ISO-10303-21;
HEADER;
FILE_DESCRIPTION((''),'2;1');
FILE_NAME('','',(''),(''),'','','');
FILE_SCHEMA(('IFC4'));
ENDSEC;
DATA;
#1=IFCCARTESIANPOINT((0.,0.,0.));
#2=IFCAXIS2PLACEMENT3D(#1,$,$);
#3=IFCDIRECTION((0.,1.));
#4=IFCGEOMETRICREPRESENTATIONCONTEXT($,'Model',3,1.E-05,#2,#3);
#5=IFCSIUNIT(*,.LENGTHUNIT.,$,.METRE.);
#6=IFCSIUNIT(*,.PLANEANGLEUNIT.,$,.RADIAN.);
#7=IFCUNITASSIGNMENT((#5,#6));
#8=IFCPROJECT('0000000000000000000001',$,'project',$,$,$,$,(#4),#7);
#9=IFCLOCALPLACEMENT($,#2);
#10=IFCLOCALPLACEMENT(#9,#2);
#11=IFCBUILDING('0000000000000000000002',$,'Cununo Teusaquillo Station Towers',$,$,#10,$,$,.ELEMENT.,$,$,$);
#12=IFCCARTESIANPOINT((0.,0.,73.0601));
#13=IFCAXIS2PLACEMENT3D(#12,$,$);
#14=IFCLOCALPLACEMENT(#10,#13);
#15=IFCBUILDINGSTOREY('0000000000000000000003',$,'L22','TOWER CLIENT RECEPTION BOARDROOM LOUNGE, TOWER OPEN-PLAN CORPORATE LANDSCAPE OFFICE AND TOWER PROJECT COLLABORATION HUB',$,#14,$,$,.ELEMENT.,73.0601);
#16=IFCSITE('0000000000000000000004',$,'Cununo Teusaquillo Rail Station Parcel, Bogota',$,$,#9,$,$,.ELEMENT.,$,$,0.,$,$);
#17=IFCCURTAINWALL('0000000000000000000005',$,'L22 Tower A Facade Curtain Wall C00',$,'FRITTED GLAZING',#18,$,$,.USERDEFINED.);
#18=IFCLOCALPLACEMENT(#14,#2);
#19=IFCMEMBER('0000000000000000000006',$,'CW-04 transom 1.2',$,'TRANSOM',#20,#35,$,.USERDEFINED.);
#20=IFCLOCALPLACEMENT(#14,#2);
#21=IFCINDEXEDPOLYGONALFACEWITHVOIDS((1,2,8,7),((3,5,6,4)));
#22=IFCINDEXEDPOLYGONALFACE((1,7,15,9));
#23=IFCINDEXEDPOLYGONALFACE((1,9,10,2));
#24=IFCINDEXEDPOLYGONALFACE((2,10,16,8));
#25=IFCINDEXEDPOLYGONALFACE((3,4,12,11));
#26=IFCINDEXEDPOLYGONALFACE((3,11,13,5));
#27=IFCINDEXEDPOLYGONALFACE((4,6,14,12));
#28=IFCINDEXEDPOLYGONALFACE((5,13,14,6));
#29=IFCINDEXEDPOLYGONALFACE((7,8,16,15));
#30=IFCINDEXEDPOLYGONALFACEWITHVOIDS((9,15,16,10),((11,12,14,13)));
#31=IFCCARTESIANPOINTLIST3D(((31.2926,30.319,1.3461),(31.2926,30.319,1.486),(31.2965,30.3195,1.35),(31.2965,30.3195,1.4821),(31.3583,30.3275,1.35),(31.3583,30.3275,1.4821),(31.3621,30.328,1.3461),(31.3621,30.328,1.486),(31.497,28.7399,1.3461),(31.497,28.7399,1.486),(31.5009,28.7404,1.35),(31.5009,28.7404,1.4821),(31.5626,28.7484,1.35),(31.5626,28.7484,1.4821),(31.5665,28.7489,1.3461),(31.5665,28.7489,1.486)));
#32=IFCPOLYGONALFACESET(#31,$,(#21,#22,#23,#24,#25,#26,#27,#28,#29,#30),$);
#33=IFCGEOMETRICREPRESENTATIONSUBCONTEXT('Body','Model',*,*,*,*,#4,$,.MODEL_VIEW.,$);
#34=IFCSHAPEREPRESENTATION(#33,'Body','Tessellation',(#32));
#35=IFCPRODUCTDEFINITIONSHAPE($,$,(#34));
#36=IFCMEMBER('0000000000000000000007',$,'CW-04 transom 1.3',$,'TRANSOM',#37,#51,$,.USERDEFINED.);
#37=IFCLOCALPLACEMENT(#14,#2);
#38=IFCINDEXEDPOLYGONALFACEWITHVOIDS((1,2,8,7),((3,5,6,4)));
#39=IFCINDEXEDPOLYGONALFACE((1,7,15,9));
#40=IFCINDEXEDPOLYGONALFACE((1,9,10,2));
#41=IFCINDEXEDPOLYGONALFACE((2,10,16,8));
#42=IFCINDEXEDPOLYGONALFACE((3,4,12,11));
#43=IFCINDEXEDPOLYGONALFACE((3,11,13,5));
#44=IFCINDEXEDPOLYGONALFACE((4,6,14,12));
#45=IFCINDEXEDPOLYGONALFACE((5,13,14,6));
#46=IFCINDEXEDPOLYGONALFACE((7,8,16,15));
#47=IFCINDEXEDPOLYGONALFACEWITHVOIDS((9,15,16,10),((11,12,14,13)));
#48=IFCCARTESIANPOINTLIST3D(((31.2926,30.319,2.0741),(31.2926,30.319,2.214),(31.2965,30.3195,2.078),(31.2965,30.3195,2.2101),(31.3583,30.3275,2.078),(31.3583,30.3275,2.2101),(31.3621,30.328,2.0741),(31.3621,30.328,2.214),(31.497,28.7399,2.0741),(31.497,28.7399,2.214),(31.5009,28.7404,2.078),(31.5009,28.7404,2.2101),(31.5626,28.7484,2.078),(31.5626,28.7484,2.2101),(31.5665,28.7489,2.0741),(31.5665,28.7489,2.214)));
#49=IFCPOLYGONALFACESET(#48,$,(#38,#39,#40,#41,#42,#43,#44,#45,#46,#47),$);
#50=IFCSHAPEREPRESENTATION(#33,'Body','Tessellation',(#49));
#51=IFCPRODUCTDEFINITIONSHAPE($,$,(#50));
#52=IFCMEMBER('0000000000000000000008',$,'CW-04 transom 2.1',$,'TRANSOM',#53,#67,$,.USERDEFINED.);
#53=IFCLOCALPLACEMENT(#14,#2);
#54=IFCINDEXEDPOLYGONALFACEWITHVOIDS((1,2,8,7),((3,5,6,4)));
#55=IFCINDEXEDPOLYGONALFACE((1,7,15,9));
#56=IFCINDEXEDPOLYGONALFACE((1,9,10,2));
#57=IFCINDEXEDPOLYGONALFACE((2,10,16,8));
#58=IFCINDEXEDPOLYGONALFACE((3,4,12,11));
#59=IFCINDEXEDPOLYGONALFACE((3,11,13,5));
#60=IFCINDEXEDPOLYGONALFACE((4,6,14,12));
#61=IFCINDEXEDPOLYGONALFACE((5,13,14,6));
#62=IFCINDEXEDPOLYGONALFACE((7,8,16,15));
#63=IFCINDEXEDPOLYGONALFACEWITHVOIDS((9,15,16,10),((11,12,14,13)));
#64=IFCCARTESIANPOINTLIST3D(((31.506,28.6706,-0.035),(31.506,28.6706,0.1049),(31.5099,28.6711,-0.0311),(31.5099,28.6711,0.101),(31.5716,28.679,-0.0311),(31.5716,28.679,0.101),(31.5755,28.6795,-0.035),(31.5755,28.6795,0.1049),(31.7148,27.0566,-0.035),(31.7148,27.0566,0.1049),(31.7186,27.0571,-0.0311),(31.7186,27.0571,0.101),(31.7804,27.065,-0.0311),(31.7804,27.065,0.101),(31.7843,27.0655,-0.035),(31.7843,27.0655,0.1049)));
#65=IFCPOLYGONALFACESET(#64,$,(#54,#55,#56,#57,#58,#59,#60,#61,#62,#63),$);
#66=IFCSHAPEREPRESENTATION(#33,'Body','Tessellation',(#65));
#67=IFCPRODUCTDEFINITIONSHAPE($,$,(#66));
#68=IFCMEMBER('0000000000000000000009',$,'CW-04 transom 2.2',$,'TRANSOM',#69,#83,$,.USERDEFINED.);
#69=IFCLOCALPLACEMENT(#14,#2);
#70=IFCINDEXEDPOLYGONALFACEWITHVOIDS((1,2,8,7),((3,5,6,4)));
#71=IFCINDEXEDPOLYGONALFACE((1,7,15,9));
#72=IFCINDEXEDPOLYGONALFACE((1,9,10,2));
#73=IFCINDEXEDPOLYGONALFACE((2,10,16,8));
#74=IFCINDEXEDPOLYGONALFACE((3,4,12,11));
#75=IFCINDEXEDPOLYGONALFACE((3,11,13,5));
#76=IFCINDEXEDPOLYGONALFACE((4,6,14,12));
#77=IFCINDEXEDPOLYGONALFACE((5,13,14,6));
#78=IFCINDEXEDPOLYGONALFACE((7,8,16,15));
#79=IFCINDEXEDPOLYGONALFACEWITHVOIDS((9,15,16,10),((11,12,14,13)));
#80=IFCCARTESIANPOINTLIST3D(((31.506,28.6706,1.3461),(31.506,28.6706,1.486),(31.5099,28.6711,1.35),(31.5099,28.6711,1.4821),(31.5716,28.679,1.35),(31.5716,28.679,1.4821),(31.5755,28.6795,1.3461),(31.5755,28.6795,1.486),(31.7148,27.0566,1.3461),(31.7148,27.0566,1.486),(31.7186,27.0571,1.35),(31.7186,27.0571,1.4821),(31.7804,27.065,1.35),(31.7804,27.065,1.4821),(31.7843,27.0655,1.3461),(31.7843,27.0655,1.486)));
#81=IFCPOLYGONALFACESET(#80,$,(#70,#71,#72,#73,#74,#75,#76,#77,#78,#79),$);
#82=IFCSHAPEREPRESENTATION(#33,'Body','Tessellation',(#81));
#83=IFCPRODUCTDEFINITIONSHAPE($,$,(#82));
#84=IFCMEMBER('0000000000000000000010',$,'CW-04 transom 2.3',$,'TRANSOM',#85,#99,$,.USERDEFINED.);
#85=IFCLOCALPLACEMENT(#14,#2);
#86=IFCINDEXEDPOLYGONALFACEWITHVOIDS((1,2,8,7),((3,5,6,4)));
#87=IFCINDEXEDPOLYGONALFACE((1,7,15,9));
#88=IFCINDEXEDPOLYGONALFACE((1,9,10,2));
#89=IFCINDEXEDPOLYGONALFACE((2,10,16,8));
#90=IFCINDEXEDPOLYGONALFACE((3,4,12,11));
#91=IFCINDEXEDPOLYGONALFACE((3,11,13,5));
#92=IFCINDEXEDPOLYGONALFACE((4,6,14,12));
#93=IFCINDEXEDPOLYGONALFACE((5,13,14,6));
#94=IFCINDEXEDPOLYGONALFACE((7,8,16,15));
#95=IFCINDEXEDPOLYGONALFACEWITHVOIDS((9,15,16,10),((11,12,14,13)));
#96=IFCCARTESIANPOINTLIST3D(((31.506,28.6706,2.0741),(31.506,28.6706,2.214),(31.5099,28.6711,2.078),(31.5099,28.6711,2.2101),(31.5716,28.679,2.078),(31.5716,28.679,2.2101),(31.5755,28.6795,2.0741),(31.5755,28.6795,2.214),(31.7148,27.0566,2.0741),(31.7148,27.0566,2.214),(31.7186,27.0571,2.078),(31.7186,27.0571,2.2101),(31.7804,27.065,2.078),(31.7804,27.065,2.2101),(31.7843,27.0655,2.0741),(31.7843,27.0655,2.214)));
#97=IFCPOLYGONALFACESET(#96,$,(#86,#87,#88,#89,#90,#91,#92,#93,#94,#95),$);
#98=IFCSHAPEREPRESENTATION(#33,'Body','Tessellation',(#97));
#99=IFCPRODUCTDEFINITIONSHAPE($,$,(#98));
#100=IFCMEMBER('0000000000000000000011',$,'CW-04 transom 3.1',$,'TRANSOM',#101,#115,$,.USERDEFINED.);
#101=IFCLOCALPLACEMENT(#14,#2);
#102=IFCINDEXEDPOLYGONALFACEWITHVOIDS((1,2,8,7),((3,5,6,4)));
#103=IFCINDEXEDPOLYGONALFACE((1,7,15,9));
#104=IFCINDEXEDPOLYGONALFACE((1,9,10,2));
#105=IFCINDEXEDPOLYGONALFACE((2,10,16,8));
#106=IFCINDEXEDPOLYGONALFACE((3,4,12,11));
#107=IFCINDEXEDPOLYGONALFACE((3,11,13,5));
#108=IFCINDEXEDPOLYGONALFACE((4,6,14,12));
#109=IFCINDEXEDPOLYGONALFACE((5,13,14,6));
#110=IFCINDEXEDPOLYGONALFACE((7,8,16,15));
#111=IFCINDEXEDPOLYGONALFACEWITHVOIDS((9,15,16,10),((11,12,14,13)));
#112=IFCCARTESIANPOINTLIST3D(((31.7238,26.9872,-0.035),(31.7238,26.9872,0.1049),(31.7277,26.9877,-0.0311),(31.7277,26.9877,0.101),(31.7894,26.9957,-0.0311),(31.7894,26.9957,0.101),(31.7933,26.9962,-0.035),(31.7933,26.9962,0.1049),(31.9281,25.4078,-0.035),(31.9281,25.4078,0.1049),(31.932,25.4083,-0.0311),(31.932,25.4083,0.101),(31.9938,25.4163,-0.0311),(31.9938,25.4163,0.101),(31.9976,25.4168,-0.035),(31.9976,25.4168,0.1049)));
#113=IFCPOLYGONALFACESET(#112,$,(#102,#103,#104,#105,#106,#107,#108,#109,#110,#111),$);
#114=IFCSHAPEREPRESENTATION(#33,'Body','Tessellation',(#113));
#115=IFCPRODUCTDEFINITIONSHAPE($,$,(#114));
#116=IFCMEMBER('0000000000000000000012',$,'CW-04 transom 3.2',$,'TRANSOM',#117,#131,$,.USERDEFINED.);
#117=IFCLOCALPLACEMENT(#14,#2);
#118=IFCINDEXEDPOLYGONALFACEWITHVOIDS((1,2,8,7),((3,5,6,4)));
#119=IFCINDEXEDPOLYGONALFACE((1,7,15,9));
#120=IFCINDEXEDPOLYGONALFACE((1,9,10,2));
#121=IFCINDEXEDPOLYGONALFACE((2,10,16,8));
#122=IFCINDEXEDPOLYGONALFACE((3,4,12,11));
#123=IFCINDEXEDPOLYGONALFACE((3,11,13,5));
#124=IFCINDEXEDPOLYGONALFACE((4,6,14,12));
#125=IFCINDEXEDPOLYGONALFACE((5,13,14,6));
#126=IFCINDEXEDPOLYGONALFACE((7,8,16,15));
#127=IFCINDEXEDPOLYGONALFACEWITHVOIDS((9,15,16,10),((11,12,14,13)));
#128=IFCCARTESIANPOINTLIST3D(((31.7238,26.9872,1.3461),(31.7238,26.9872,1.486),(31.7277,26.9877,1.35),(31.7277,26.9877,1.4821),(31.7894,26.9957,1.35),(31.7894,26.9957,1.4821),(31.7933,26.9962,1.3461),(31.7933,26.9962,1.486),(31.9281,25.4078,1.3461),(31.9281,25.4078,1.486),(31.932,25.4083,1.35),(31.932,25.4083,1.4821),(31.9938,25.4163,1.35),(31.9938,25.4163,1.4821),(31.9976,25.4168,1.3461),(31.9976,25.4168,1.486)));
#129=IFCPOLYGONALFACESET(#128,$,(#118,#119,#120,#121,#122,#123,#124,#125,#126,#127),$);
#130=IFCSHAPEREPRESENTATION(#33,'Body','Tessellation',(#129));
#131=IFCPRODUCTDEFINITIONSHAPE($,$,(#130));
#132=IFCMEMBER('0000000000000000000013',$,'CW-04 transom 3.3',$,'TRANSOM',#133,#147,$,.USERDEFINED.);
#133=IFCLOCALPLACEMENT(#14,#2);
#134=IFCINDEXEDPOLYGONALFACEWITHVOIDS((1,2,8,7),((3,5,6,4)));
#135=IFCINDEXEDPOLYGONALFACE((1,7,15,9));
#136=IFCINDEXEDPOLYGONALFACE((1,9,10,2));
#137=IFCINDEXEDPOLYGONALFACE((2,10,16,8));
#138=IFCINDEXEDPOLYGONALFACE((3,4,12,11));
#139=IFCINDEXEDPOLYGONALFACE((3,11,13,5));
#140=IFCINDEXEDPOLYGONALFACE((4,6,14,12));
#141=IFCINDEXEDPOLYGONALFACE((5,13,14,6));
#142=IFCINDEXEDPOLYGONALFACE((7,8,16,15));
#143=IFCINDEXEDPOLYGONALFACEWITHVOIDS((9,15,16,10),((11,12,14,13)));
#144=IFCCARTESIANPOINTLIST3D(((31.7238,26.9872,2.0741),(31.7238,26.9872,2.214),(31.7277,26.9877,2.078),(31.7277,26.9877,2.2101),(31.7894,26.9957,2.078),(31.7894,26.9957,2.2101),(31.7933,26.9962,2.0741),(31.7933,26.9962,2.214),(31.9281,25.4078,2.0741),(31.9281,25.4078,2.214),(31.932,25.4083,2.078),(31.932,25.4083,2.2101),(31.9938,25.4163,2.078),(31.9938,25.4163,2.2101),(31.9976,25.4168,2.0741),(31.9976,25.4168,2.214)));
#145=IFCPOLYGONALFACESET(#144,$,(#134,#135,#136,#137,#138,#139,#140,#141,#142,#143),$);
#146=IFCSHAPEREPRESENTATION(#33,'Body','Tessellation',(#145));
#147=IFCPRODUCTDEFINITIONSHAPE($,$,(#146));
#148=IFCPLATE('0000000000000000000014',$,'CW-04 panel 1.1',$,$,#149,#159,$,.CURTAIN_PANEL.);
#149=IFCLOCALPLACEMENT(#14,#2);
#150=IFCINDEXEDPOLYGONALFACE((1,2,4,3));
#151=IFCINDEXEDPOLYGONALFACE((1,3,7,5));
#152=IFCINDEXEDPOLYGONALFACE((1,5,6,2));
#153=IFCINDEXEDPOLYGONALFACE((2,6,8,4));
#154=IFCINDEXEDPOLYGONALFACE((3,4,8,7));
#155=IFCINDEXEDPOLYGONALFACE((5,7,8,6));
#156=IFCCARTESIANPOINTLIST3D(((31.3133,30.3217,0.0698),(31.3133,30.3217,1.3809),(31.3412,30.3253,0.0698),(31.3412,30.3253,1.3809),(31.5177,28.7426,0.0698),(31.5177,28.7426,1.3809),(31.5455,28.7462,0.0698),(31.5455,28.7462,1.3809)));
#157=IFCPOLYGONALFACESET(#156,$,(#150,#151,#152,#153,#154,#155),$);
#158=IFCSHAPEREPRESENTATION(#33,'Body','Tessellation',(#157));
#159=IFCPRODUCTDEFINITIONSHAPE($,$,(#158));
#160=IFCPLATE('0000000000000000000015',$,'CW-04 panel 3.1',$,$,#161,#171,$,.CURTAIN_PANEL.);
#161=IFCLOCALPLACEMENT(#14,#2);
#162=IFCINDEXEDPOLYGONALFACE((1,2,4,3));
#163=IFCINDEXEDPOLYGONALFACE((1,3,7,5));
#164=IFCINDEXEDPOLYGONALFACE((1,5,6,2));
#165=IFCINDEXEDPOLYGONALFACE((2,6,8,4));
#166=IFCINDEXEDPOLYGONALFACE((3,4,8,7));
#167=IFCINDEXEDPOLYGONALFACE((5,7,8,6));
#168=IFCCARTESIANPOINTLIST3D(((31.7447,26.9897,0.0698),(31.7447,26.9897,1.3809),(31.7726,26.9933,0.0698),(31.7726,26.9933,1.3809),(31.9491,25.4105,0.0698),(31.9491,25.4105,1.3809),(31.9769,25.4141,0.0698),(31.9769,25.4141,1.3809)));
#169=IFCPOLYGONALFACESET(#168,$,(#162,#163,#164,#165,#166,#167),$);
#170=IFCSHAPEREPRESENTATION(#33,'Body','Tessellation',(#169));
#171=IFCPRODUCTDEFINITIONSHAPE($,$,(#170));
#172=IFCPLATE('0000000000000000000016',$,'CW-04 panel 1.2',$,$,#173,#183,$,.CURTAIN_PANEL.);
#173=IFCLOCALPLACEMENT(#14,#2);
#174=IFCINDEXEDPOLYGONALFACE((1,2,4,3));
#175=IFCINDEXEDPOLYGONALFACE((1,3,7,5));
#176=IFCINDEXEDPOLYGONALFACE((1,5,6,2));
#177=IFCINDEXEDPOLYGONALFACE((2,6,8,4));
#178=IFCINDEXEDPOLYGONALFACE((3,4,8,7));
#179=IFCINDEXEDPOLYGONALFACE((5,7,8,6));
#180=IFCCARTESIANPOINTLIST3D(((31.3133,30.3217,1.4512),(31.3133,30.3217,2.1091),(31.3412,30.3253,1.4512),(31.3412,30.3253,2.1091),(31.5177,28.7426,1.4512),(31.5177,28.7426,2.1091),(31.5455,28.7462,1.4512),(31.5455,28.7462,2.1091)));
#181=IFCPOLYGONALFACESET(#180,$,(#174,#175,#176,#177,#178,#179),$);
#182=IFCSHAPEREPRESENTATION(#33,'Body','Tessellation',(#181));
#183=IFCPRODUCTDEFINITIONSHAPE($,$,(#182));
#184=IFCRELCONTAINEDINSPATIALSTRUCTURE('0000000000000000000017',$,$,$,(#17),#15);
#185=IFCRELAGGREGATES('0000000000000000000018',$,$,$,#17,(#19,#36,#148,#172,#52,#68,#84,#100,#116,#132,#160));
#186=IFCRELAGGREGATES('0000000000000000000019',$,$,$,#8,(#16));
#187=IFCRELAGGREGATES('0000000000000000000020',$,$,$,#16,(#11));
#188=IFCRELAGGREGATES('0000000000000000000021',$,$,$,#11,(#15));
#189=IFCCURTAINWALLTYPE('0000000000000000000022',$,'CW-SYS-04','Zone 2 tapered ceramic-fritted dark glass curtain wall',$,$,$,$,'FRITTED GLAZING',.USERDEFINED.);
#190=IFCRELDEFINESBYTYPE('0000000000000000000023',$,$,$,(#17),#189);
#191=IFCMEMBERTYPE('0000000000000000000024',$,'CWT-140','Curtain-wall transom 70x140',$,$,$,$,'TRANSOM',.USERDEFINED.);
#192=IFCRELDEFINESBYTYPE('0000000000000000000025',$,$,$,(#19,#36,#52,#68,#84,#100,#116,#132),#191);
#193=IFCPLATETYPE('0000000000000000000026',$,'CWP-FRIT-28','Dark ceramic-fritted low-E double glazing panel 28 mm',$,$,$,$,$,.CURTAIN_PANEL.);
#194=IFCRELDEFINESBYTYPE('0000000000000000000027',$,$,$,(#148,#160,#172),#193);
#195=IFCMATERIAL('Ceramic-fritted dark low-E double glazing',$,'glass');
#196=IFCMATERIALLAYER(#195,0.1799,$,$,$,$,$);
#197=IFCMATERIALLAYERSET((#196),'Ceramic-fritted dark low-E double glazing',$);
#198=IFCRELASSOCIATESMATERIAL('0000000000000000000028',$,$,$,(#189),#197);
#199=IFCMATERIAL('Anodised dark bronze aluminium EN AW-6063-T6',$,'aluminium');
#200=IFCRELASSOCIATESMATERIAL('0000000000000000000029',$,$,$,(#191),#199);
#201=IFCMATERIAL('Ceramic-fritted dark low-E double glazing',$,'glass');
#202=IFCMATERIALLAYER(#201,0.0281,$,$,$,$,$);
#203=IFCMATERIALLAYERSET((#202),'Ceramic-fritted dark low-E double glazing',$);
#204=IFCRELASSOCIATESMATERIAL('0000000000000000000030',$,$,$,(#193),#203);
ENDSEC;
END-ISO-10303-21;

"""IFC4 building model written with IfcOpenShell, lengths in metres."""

from ifc_helpers import new_model, si_unit, direction, frame, origin, origin_2d, place, context, subcontext, project, spatial, rectangle, hollow_rectangle, extrude, source, transform, mapped, material, layer, layer_set, material_profile, profile_set, type_object, element, aggregate, save


model = new_model("IFC4")

# Units and contexts
model_context = context("Model", 3, precision=1e-05, world=origin(), true_north=direction((0.0, 1.0)))
body_context = subcontext(model_context, "Body", "Model", "MODEL_VIEW")
ifc_project = project(units=[si_unit("LENGTHUNIT", "METRE"), si_unit("PLANEANGLEUNIT", "RADIAN")], contexts=[model_context])

# Site, building, storey
site_placement = place(None, origin())
site = spatial("IfcSite", under=ifc_project, at=site_placement, Name="Cununo Teusaquillo Rail Station Parcel, Bogota", CompositionType="ELEMENT", RefElevation=0.0)
building_placement = place(site_placement, origin())
building = spatial("IfcBuilding", under=site, at=building_placement, Name="Cununo Teusaquillo Station Towers", CompositionType="ELEMENT")
storey_placement = place(building_placement, frame((0.0, 0.0, 73.0601)))
storey = spatial("IfcBuildingStorey", under=building, at=storey_placement, Name="L22", Description="TOWER CLIENT RECEPTION BOARDROOM LOUNGE, TOWER OPEN-PLAN CORPORATE LANDSCAPE OFFICE AND TOWER PROJECT COLLABORATION HUB", CompositionType="ELEMENT", Elevation=73.0601)

# Curtain wall, members, plates
ifc_material_1 = material(Name="Ceramic-fritted dark low-E double glazing", Category="glass")
ifc_layer_1 = layer(ifc_material_1, 0.1799)
ifc_layer_set_1 = layer_set([ifc_layer_1], Name="Ceramic-fritted dark low-E double glazing")
curtain_wall_type = type_object("IfcCurtainWallType", Name="CW-SYS-04", Description="Zone 2 tapered ceramic-fritted dark glass curtain wall", ElementType="FRITTED GLAZING", PredefinedType="USERDEFINED", material=ifc_layer_set_1)
curtain_wall_placement = place(storey_placement, origin())
curtain_wall = element("IfcCurtainWall", 1, at=curtain_wall_placement, inside=storey, type_object=curtain_wall_type, Name="L22 Tower A Facade Curtain Wall C00", ObjectType="FRITTED GLAZING", PredefinedType="USERDEFINED")
ifc_material_2 = material(Name="Anodised dark bronze aluminium EN AW-6063-T6", Category="aluminium")
ifc_material_profile_1 = material_profile(ifc_material_2, hollow_rectangle(XDim=0.0701, YDim=0.1399, WallThickness=0.0039, at=origin_2d()), Name="CW-TRAN-70x140")
ifc_profile_set_1 = profile_set([ifc_material_profile_1], Name="Anodised dark bronze aluminium EN AW-6063-T6")
member_type_1 = type_object("IfcMemberType", Name="CWT-140", Description="Curtain-wall transom 70x140", ElementType="TRANSOM", PredefinedType="USERDEFINED", material=ifc_profile_set_1)
member_1_placement = place(storey_placement, frame((31.3274, 30.3235, 1.416), z_axis=(0.128336, -0.991731, 0.0), x_axis=(0.991731, 0.128336, 0.0)))
member_1 = element("IfcMember", 2, at=member_1_placement, type_object=member_type_1, Name="CW-04 transom 1.2", ObjectType="TRANSOM", PredefinedType="USERDEFINED", context=body_context, shape_type="SweptSolid", body=[
    extrude(hollow_rectangle(XDim=0.0701, YDim=0.1399, WallThickness=0.0039, at=origin_2d()), origin(), (0.0, 0.0, 1.0), 1.5923),
])
member_2_placement = place(storey_placement, frame((31.3274, 30.3235, 2.144), z_axis=(0.128336, -0.991731, 0.0), x_axis=(0.991731, 0.128336, 0.0)))
member_2 = element("IfcMember", 3, at=member_2_placement, type_object=member_type_1, Name="CW-04 transom 1.3", ObjectType="TRANSOM", PredefinedType="USERDEFINED", context=body_context, shape_type="SweptSolid", body=[
    extrude(hollow_rectangle(XDim=0.0701, YDim=0.1399, WallThickness=0.0039, at=origin_2d()), origin(), (0.0, 0.0, 1.0), 1.5923),
])
member_3_placement = place(storey_placement, frame((31.5408, 28.675, 0.0349), z_axis=(0.128262, -0.99174, 0.0), x_axis=(0.99174, 0.128262, 0.0)))
member_3 = element("IfcMember", 4, at=member_3_placement, type_object=member_type_1, Name="CW-04 transom 2.1", ObjectType="TRANSOM", PredefinedType="USERDEFINED", context=body_context, shape_type="SweptSolid", body=[
    extrude(hollow_rectangle(XDim=0.0701, YDim=0.1399, WallThickness=0.0039, at=origin_2d()), origin(), (0.0, 0.0, 1.0), 1.6274),
])
member_4_placement = place(storey_placement, frame((31.5408, 28.675, 1.416), z_axis=(0.128262, -0.99174, 0.0), x_axis=(0.99174, 0.128262, 0.0)))
member_4 = element("IfcMember", 5, at=member_4_placement, type_object=member_type_1, Name="CW-04 transom 2.2", ObjectType="TRANSOM", PredefinedType="USERDEFINED", context=body_context, shape_type="SweptSolid", body=[
    extrude(hollow_rectangle(XDim=0.0701, YDim=0.1399, WallThickness=0.0039, at=origin_2d()), origin(), (0.0, 0.0, 1.0), 1.6274),
])
member_5_placement = place(storey_placement, frame((31.5408, 28.675, 2.144), z_axis=(0.128262, -0.99174, 0.0), x_axis=(0.99174, 0.128262, 0.0)))
member_5 = element("IfcMember", 6, at=member_5_placement, type_object=member_type_1, Name="CW-04 transom 2.3", ObjectType="TRANSOM", PredefinedType="USERDEFINED", context=body_context, shape_type="SweptSolid", body=[
    extrude(hollow_rectangle(XDim=0.0701, YDim=0.1399, WallThickness=0.0039, at=origin_2d()), origin(), (0.0, 0.0, 1.0), 1.6274),
])
member_6_placement = place(storey_placement, frame((31.7585, 26.9917, 0.0349), z_axis=(0.128317, -0.991733, 0.0), x_axis=(0.991733, 0.128317, 0.0)))
member_6 = element("IfcMember", 7, at=member_6_placement, type_object=member_type_1, Name="CW-04 transom 3.1", ObjectType="TRANSOM", PredefinedType="USERDEFINED", context=body_context, shape_type="SweptSolid", body=[
    extrude(hollow_rectangle(XDim=0.0701, YDim=0.1399, WallThickness=0.0039, at=origin_2d()), origin(), (0.0, 0.0, 1.0), 1.5925),
])
member_7_placement = place(storey_placement, frame((31.7585, 26.9917, 1.416), z_axis=(0.128317, -0.991733, 0.0), x_axis=(0.991733, 0.128317, 0.0)))
member_7 = element("IfcMember", 8, at=member_7_placement, type_object=member_type_1, Name="CW-04 transom 3.2", ObjectType="TRANSOM", PredefinedType="USERDEFINED", context=body_context, shape_type="SweptSolid", body=[
    extrude(hollow_rectangle(XDim=0.0701, YDim=0.1399, WallThickness=0.0039, at=origin_2d()), origin(), (0.0, 0.0, 1.0), 1.5925),
])
member_8_placement = place(storey_placement, frame((31.7585, 26.9917, 2.144), z_axis=(0.128317, -0.991733, 0.0), x_axis=(0.991733, 0.128317, 0.0)))
member_8 = element("IfcMember", 9, at=member_8_placement, type_object=member_type_1, Name="CW-04 transom 3.3", ObjectType="TRANSOM", PredefinedType="USERDEFINED", context=body_context, shape_type="SweptSolid", body=[
    extrude(hollow_rectangle(XDim=0.0701, YDim=0.1399, WallThickness=0.0039, at=origin_2d()), origin(), (0.0, 0.0, 1.0), 1.5925),
])
ifc_material_3 = material(Name="Ceramic-fritted dark low-E double glazing", Category="glass")
ifc_layer_2 = layer(ifc_material_3, 0.0281)
ifc_layer_set_2 = layer_set([ifc_layer_2], Name="Ceramic-fritted dark low-E double glazing")
plate_type = type_object("IfcPlateType", Name="CWP-FRIT-28", Description="Dark ceramic-fritted low-E double glazing panel 28 mm", PredefinedType="CURTAIN_PANEL", material=ifc_layer_set_2)
shared_shape_1 = source(origin(), body_context, "Body", "SweptSolid", [
    extrude(rectangle(XDim=1.5923, YDim=0.0281, at=origin_2d()), origin(), (0.0, 0.0, 1.0), 1.311),
])
plate_1_placement = place(storey_placement, frame((31.4294, 29.5339, 0.0698), z_axis=(0.0, 0.0, 1.0), x_axis=(0.128336, -0.991731, 0.0)))
plate_1 = element("IfcPlate", 10, at=plate_1_placement, type_object=plate_type, Name="CW-04 panel 1.1", PredefinedType="CURTAIN_PANEL", context=body_context, shape_type="MappedRepresentation", body=[
    mapped(shared_shape_1, transform((0.0, 0.0, 0.0), x_axis=(1.0, 0.0, 0.0), y_axis=(0.0, 1.0, 0.0), z_axis=(0.0, 0.0, 1.0), scale=1.0)),
])
plate_2_placement = place(storey_placement, frame((31.8608, 26.2019, 0.0698), z_axis=(0.0, 0.0, 1.0), x_axis=(0.128336, -0.991731, 0.0)))
plate_2 = element("IfcPlate", 11, at=plate_2_placement, type_object=plate_type, Name="CW-04 panel 3.1", PredefinedType="CURTAIN_PANEL", context=body_context, shape_type="MappedRepresentation", body=[
    mapped(shared_shape_1, transform((0.0, 0.0, 0.0), x_axis=(1.0, 0.0, 0.0), y_axis=(0.0, 1.0, 0.0), z_axis=(0.0, 0.0, 1.0), scale=1.0)),
])
shared_shape_2 = source(origin(), body_context, "Body", "SweptSolid", [
    extrude(rectangle(XDim=1.5923, YDim=0.0281, at=origin_2d()), origin(), (0.0, 0.0, 1.0), 0.658),
])
plate_3_placement = place(storey_placement, frame((31.4294, 29.5339, 1.4512), z_axis=(0.0, 0.0, 1.0), x_axis=(0.128336, -0.991731, 0.0)))
plate_3 = element("IfcPlate", 12, at=plate_3_placement, type_object=plate_type, Name="CW-04 panel 1.2", PredefinedType="CURTAIN_PANEL", context=body_context, shape_type="MappedRepresentation", body=[
    mapped(shared_shape_2, transform((0.0, 0.0, 0.0), x_axis=(1.0, 0.0, 0.0), y_axis=(0.0, 1.0, 0.0), z_axis=(0.0, 0.0, 1.0), scale=1.0)),
])
aggregate(curtain_wall, [member_1, member_2, plate_1, plate_3, member_3, member_4, member_5, member_6, member_7, member_8, plate_2])

save(model, "model.ifc")
